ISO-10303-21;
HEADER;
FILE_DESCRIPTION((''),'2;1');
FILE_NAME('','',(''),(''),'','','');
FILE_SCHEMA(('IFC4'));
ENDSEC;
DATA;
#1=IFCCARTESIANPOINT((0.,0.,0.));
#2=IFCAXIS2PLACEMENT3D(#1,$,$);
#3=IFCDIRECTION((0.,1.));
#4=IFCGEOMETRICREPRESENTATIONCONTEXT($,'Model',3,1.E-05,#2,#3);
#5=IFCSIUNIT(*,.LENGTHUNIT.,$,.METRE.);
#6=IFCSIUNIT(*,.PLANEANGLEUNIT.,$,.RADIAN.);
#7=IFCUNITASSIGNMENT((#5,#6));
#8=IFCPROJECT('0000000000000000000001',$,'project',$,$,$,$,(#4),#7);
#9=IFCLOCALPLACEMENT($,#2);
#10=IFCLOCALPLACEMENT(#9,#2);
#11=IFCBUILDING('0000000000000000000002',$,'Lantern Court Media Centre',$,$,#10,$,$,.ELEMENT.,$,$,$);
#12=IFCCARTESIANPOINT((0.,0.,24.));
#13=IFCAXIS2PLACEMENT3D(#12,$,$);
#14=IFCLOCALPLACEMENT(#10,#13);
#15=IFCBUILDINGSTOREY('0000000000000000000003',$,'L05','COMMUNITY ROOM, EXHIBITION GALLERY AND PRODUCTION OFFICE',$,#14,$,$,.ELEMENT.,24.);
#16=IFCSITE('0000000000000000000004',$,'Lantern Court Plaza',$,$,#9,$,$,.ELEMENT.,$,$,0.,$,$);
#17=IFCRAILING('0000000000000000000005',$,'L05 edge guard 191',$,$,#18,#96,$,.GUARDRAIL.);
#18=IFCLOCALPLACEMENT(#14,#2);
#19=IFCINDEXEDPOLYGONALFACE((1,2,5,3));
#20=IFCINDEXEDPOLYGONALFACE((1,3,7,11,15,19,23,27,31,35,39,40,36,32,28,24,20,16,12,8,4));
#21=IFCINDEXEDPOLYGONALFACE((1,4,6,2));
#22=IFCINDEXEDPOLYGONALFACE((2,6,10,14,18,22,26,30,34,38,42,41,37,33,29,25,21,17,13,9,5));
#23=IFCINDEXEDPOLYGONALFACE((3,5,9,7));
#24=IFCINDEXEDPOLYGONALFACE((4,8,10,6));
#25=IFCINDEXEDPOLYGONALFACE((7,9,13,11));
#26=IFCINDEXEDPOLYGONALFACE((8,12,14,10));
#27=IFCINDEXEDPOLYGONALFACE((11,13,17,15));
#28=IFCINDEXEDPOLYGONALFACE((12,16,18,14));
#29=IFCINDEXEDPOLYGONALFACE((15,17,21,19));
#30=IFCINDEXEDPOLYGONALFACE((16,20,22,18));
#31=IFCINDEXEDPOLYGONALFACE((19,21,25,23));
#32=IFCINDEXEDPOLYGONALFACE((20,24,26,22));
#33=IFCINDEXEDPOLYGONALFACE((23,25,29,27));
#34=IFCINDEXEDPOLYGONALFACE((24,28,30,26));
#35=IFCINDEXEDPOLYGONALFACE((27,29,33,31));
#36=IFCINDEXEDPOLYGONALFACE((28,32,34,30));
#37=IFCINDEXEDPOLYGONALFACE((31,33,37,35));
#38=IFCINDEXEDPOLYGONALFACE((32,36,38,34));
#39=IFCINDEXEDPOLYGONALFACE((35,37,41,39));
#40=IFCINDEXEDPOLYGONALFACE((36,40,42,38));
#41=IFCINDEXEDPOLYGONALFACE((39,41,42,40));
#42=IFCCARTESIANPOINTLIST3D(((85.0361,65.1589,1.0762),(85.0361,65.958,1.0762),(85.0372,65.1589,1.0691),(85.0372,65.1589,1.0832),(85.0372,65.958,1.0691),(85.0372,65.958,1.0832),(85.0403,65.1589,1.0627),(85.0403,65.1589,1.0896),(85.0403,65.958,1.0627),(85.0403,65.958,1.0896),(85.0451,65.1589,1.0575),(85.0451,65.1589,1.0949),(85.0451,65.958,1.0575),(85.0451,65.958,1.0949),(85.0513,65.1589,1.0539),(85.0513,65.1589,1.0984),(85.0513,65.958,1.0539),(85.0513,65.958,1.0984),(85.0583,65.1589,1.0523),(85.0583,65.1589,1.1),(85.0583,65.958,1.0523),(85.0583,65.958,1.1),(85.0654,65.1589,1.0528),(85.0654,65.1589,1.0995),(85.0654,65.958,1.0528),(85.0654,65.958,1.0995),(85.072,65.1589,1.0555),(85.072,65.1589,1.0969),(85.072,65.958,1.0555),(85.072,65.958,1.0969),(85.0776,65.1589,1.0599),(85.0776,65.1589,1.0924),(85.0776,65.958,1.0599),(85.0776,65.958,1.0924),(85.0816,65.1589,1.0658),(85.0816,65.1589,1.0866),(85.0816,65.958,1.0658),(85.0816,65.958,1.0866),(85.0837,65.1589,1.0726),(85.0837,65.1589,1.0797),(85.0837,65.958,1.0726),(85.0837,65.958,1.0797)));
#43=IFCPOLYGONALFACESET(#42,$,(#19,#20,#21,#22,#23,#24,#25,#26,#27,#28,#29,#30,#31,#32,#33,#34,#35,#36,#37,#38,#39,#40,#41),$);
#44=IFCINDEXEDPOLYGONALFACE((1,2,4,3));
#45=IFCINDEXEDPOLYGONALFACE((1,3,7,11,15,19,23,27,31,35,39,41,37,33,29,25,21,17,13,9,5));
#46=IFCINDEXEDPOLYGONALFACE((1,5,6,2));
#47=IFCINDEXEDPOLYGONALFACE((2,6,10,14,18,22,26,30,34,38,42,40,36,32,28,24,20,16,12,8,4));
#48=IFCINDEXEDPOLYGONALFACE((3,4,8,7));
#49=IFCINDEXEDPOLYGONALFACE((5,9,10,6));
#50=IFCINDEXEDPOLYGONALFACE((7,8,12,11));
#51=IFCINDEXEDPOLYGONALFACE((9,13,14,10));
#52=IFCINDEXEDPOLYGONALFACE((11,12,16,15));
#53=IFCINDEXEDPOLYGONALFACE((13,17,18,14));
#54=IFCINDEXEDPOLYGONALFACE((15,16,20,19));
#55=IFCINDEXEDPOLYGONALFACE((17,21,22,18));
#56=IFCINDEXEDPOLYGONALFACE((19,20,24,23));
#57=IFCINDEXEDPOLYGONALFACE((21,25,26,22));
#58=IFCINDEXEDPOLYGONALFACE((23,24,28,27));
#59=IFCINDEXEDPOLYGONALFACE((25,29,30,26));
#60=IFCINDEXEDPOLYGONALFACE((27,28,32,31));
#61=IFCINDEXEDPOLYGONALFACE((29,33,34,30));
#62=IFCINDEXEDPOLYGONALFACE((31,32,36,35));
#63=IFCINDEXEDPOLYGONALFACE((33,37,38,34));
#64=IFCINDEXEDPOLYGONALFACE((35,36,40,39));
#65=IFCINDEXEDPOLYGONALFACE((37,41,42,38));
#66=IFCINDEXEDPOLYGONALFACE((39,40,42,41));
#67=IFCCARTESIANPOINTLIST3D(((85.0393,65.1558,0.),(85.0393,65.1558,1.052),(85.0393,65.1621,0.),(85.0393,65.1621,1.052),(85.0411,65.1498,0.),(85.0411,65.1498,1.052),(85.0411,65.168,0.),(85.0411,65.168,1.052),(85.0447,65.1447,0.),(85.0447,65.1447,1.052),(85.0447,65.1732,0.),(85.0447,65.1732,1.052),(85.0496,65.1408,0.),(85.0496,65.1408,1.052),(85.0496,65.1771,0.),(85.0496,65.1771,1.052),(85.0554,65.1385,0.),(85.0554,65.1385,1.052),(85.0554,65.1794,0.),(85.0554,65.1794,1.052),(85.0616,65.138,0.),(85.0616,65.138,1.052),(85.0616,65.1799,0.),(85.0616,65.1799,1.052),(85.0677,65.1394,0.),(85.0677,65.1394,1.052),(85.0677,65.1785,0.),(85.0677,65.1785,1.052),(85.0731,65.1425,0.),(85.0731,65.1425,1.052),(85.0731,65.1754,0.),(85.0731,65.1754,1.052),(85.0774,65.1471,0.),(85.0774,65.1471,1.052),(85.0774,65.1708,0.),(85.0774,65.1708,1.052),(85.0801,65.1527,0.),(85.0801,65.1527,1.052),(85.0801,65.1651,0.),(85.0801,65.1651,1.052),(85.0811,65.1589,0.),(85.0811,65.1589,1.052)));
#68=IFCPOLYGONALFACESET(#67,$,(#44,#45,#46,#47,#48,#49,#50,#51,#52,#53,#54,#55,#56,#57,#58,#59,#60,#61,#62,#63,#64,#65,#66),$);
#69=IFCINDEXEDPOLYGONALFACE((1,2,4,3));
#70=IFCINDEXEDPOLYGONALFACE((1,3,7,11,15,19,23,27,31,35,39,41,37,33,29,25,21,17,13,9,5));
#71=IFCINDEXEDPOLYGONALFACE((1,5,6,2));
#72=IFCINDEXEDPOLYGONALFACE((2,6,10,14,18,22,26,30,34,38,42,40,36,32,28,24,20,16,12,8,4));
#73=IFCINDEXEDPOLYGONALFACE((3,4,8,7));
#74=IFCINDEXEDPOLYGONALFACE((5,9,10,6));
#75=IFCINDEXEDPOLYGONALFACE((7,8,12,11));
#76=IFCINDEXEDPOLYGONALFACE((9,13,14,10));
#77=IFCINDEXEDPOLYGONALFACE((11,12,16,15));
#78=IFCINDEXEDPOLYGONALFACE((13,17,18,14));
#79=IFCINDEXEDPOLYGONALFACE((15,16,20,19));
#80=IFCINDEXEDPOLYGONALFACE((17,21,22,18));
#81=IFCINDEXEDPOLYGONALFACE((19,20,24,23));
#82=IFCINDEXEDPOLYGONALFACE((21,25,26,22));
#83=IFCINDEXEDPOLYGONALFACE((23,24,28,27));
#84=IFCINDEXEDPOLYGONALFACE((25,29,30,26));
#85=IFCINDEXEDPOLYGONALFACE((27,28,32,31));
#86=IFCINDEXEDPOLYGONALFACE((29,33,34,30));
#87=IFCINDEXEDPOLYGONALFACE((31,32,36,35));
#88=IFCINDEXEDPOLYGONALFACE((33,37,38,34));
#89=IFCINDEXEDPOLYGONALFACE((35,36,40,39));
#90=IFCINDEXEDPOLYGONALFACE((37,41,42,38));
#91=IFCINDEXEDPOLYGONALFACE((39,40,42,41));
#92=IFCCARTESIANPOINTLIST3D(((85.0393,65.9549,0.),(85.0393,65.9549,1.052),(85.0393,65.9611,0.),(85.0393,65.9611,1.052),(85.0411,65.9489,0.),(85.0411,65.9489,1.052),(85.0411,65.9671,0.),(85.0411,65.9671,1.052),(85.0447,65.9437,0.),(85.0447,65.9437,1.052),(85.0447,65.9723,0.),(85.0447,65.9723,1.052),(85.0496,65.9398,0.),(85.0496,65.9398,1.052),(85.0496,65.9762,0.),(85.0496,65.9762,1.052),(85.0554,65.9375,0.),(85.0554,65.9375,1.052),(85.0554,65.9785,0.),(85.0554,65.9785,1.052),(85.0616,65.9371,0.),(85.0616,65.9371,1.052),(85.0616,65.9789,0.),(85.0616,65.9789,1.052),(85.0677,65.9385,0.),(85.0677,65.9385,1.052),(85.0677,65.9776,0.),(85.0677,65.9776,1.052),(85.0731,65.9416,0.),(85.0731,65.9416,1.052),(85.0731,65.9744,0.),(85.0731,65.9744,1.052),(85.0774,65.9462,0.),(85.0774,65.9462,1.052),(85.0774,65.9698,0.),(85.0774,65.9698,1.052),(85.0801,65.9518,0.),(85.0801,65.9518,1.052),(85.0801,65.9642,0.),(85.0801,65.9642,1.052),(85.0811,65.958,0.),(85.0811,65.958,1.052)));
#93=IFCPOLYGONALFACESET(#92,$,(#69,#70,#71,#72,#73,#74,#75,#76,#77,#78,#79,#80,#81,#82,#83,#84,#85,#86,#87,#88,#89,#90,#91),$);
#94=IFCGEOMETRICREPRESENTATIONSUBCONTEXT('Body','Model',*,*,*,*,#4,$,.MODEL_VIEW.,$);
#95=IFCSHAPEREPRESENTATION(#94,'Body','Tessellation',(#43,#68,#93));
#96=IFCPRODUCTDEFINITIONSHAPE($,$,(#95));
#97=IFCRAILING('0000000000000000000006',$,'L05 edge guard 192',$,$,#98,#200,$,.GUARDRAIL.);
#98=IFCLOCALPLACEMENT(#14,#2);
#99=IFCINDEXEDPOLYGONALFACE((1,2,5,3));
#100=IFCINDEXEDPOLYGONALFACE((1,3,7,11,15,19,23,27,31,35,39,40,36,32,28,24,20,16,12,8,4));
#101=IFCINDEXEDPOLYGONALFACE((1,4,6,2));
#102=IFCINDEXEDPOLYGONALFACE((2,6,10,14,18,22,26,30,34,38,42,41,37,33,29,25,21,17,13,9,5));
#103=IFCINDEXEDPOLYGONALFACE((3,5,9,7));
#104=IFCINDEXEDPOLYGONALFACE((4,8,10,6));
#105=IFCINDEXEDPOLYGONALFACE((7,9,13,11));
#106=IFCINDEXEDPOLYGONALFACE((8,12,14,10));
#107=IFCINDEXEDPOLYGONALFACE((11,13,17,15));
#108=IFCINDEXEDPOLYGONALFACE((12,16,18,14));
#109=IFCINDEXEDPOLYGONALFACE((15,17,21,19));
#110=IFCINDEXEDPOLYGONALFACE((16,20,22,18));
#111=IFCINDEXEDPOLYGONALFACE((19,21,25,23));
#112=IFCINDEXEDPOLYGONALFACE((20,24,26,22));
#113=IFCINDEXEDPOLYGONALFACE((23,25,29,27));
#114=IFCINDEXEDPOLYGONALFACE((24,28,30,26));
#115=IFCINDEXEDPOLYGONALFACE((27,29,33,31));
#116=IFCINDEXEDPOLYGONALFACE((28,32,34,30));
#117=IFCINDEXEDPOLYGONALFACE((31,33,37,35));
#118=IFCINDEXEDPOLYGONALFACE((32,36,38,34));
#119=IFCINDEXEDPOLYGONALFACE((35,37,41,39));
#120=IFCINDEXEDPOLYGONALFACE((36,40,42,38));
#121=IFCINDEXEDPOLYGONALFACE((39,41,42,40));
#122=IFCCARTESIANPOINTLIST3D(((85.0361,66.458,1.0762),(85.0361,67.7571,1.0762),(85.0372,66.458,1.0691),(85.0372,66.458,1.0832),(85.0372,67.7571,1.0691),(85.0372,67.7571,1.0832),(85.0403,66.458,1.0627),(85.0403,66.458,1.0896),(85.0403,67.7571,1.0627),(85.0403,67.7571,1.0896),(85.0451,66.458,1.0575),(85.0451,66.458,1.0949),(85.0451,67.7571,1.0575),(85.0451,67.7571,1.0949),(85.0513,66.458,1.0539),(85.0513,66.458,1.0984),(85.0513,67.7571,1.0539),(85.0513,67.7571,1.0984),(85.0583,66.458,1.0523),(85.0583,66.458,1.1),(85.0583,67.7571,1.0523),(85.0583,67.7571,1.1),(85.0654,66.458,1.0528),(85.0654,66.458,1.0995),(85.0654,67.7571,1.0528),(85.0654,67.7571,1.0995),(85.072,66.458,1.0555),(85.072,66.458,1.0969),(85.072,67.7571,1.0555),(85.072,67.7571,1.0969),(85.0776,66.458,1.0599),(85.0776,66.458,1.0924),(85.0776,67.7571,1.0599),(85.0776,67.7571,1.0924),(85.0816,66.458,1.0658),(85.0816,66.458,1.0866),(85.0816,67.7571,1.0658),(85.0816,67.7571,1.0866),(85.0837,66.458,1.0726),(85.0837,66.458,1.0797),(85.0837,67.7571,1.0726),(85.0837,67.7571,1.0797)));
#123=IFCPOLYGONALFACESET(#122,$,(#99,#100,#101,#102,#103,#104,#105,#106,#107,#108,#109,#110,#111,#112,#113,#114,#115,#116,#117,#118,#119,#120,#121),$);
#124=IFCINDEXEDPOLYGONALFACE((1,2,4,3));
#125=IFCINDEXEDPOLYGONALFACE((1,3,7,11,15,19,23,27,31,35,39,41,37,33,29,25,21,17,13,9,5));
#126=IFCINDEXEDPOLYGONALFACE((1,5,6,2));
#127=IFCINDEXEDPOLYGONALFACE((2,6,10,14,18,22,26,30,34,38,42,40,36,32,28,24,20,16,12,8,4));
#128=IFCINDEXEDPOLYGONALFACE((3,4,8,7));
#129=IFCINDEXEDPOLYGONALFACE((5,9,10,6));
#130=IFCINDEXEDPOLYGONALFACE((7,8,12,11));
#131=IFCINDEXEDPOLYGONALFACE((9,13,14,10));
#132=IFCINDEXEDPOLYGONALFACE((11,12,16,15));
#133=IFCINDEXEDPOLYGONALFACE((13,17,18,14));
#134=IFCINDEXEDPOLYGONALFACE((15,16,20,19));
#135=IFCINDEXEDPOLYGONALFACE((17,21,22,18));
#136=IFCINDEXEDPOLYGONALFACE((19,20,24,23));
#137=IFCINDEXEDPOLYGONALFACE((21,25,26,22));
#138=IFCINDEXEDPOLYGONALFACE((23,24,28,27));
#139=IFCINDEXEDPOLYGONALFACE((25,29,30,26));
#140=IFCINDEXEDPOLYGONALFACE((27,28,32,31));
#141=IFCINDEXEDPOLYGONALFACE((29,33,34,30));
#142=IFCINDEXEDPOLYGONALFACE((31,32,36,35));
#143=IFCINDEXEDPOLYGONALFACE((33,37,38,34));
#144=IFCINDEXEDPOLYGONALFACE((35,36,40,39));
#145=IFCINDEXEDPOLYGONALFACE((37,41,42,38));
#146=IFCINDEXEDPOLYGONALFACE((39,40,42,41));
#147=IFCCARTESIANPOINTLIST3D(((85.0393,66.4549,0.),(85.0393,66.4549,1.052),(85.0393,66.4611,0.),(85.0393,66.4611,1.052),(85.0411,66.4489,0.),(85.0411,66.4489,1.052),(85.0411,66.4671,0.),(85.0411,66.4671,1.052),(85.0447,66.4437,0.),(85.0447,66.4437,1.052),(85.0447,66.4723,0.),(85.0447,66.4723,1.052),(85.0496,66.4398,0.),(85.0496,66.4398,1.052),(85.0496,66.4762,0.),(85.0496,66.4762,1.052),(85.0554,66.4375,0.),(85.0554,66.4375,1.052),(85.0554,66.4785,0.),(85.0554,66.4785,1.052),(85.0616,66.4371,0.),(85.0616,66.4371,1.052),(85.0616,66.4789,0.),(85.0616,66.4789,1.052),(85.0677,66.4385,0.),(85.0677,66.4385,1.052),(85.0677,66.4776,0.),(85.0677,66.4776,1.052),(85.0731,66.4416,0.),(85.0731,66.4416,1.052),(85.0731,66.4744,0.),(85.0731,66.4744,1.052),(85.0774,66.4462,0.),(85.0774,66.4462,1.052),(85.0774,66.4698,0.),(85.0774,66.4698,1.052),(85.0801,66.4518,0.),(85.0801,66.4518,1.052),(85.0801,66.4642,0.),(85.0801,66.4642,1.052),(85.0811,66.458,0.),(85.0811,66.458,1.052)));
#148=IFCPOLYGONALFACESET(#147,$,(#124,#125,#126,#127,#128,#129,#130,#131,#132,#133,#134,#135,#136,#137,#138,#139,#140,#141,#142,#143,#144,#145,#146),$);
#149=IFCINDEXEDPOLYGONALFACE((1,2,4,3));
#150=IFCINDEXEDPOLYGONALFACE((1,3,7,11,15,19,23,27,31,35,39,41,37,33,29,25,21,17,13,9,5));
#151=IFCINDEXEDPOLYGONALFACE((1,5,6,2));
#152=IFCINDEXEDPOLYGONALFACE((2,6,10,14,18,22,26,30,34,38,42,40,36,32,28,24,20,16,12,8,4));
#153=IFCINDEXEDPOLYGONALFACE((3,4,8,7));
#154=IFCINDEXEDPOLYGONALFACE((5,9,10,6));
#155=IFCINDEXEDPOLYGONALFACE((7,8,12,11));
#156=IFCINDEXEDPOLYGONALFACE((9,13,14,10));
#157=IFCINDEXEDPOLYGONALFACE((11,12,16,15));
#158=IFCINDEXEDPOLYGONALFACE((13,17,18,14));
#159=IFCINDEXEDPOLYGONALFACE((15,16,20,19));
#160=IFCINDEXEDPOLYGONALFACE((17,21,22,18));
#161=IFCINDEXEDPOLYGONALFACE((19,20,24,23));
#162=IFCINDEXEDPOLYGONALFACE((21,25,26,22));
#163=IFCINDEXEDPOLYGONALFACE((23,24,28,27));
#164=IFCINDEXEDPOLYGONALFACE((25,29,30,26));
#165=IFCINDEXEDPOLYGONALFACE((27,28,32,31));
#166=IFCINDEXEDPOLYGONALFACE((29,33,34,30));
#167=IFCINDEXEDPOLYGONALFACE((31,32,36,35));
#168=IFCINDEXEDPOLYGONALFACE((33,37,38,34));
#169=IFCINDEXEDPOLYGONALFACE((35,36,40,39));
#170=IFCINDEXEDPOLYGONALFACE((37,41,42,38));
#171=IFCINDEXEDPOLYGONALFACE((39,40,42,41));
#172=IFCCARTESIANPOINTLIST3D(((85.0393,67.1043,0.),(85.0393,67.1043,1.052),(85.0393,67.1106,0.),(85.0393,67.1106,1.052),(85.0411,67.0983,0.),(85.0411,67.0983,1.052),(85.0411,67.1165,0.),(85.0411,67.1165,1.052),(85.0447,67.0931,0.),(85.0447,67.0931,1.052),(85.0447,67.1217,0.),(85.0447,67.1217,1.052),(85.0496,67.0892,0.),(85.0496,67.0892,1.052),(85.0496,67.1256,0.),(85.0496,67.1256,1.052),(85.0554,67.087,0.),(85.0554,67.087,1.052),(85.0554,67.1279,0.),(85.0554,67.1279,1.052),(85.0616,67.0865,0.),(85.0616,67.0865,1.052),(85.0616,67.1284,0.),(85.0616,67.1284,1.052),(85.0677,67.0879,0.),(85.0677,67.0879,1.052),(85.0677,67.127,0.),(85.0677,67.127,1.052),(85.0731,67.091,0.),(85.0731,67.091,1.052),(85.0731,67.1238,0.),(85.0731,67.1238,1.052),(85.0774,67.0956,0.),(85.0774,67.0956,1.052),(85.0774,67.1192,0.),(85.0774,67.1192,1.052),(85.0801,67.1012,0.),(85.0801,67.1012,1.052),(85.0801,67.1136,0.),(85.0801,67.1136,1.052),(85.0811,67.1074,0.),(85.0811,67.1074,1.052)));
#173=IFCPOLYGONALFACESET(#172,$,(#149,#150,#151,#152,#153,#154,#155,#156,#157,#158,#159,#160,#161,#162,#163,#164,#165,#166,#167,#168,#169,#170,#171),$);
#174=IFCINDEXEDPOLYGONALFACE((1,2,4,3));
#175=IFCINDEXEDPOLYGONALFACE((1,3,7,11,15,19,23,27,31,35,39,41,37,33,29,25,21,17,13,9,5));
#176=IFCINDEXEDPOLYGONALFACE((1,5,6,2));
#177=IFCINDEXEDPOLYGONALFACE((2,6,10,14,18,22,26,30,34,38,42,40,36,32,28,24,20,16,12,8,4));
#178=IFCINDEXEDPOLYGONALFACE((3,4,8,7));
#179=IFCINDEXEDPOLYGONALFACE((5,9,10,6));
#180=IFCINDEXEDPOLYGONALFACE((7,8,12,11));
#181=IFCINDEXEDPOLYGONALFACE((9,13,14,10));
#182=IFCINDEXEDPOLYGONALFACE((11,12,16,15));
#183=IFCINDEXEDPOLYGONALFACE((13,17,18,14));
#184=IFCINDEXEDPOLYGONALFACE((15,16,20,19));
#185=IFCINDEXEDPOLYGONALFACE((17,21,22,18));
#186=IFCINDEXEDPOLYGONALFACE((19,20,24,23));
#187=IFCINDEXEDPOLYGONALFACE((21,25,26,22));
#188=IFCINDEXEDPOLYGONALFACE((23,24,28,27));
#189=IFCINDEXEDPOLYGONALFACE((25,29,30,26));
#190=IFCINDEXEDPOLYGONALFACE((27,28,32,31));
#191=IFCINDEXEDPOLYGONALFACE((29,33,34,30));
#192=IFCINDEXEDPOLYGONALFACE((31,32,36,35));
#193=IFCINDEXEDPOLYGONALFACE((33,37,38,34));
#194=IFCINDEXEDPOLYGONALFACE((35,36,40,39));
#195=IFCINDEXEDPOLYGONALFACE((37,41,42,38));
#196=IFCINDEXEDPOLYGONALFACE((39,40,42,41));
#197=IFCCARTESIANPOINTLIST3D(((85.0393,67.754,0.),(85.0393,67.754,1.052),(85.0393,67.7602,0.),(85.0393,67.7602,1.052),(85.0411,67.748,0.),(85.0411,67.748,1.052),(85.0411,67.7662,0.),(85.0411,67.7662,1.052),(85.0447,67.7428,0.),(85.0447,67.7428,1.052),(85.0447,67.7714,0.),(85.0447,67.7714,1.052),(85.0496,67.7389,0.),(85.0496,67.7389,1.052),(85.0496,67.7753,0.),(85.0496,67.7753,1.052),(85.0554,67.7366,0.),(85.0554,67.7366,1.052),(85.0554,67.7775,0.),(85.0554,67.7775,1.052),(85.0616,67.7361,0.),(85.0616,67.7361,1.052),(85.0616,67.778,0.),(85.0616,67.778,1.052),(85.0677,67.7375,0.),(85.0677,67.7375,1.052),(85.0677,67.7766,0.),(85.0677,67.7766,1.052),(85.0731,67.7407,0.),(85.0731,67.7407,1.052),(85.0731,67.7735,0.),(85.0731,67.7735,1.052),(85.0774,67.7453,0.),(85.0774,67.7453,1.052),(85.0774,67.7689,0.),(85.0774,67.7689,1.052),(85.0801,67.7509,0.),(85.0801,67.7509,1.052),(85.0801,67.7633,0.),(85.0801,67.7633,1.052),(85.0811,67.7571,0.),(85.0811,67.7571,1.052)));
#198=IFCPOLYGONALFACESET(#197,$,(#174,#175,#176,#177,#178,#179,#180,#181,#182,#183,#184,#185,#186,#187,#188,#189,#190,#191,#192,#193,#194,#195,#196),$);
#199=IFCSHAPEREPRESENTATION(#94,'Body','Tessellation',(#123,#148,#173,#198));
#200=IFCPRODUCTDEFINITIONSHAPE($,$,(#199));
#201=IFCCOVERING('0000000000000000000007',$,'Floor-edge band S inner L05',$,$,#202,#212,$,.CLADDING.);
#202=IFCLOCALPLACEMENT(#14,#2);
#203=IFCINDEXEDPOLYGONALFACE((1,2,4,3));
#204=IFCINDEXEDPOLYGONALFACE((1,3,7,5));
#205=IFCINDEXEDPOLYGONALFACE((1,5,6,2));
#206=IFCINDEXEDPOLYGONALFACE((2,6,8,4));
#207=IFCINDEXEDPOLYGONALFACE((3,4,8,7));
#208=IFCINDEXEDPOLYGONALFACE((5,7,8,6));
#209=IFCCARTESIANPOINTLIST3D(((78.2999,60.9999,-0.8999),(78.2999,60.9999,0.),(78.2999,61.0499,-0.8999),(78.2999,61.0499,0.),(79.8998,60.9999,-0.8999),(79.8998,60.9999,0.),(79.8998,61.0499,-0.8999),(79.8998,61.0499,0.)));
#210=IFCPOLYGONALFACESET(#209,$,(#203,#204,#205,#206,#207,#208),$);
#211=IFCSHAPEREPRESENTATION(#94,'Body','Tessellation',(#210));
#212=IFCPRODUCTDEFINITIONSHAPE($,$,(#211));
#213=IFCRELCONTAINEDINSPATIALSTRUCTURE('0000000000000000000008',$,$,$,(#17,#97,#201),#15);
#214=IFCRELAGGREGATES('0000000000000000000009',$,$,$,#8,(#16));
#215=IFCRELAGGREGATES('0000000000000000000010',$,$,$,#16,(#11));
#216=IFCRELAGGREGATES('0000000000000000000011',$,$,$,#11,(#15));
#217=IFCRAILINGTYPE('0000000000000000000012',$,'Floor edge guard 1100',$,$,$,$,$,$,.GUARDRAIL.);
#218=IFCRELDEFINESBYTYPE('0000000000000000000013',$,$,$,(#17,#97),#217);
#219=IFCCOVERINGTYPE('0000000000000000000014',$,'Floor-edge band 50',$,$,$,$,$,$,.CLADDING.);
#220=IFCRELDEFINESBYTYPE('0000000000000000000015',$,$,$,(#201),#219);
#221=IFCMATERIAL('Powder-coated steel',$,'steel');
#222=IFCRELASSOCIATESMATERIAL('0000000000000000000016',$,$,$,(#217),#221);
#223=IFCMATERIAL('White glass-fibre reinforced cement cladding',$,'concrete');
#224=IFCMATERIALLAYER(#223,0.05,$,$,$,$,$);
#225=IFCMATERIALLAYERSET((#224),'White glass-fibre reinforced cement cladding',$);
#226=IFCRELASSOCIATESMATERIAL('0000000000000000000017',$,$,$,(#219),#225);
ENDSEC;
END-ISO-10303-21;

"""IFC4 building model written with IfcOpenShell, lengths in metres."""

from ifc_helpers import new_model, si_unit, direction, frame, frame_2d, origin, origin_2d, place, context, subcontext, project, spatial, rectangle, circle, extrude, material, layer, layer_set, type_object, element, save


model = new_model("IFC4")

# Units and contexts
model_context = context("Model", 3, precision=1e-05, world=origin(), true_north=direction((0.0, 1.0)))
body_context = subcontext(model_context, "Body", "Model", "MODEL_VIEW")
ifc_project = project(units=[si_unit("LENGTHUNIT", "METRE"), si_unit("PLANEANGLEUNIT", "RADIAN")], contexts=[model_context])

# Site, building, storey
site_placement = place(None, origin())
site = spatial("IfcSite", under=ifc_project, at=site_placement, Name="Lantern Court Plaza", CompositionType="ELEMENT", RefElevation=0.0)
building_placement = place(site_placement, origin())
building = spatial("IfcBuilding", under=site, at=building_placement, Name="Lantern Court Media Centre", CompositionType="ELEMENT")
storey_placement = place(building_placement, frame((0.0, 0.0, 24.0)))
storey = spatial("IfcBuildingStorey", under=building, at=storey_placement, Name="L05", Description="COMMUNITY ROOM, EXHIBITION GALLERY AND PRODUCTION OFFICE", CompositionType="ELEMENT", Elevation=24.0)

# Railings
ifc_material_1 = material(Name="Powder-coated steel", Category="steel")
railing_type = type_object("IfcRailingType", Name="Floor edge guard 1100", PredefinedType="GUARDRAIL", material=ifc_material_1)
railing_1_placement = place(storey_placement, frame((85.0601, 65.1589, 0.0)))
element("IfcRailing", 1, at=railing_1_placement, inside=storey, type_object=railing_type, Name="L05 edge guard 191", PredefinedType="GUARDRAIL", context=body_context, shape_type="SweptSolid", body=[
    extrude(circle(Radius=0.0239, at=origin_2d()), frame((0.0, 0.0, 1.0762), z_axis=(0.0, 1.0, 0.0), x_axis=(-1.0, 0.0, 0.0)), (0.0, 0.0, 1.0), 0.7991),
    extrude(circle(Radius=0.021, at=origin_2d()), origin(), (0.0, 0.0, 1.0), 1.052),
    extrude(circle(Radius=0.021, at=origin_2d()), frame((0.0, 0.7991, 0.0)), (0.0, 0.0, 1.0), 1.052),
])
railing_2_placement = place(storey_placement, frame((85.0601, 66.458, 0.0)))
element("IfcRailing", 2, at=railing_2_placement, inside=storey, type_object=railing_type, Name="L05 edge guard 192", PredefinedType="GUARDRAIL", context=body_context, shape_type="SweptSolid", body=[
    extrude(circle(Radius=0.0239, at=origin_2d()), frame((0.0, 0.0, 1.0762), z_axis=(0.0, 1.0, 0.0), x_axis=(-1.0, 0.0, 0.0)), (0.0, 0.0, 1.0), 1.2991),
    extrude(circle(Radius=0.021, at=origin_2d()), origin(), (0.0, 0.0, 1.0), 1.052),
    extrude(circle(Radius=0.021, at=origin_2d()), frame((0.0, 0.6494, 0.0)), (0.0, 0.0, 1.0), 1.052),
    extrude(circle(Radius=0.021, at=origin_2d()), frame((0.0, 1.2991, 0.0)), (0.0, 0.0, 1.0), 1.052),
])

# Covering
ifc_material_2 = material(Name="White glass-fibre reinforced cement cladding", Category="concrete")
ifc_layer_1 = layer(ifc_material_2, 0.05)
ifc_layer_set_1 = layer_set([ifc_layer_1], Name="White glass-fibre reinforced cement cladding")
covering_type_1 = type_object("IfcCoveringType", Name="Floor-edge band 50", PredefinedType="CLADDING", material=ifc_layer_set_1)
covering_1_placement = place(storey_placement, frame((78.3, 61.0249, -0.8999), z_axis=(0.0, 0.0, 1.0), x_axis=(1.0, 0.0, 0.0)))
element("IfcCovering", 3, at=covering_1_placement, inside=storey, type_object=covering_type_1, Name="Floor-edge band S inner L05", PredefinedType="CLADDING", context=body_context, shape_type="SweptSolid", body=[
    extrude(rectangle(XDim=1.5999, YDim=0.05, at=frame_2d((0.7998, 0.0))), origin(), (0.0, 0.0, 1.0), 0.8999),
])

save(model, "model.ifc")
